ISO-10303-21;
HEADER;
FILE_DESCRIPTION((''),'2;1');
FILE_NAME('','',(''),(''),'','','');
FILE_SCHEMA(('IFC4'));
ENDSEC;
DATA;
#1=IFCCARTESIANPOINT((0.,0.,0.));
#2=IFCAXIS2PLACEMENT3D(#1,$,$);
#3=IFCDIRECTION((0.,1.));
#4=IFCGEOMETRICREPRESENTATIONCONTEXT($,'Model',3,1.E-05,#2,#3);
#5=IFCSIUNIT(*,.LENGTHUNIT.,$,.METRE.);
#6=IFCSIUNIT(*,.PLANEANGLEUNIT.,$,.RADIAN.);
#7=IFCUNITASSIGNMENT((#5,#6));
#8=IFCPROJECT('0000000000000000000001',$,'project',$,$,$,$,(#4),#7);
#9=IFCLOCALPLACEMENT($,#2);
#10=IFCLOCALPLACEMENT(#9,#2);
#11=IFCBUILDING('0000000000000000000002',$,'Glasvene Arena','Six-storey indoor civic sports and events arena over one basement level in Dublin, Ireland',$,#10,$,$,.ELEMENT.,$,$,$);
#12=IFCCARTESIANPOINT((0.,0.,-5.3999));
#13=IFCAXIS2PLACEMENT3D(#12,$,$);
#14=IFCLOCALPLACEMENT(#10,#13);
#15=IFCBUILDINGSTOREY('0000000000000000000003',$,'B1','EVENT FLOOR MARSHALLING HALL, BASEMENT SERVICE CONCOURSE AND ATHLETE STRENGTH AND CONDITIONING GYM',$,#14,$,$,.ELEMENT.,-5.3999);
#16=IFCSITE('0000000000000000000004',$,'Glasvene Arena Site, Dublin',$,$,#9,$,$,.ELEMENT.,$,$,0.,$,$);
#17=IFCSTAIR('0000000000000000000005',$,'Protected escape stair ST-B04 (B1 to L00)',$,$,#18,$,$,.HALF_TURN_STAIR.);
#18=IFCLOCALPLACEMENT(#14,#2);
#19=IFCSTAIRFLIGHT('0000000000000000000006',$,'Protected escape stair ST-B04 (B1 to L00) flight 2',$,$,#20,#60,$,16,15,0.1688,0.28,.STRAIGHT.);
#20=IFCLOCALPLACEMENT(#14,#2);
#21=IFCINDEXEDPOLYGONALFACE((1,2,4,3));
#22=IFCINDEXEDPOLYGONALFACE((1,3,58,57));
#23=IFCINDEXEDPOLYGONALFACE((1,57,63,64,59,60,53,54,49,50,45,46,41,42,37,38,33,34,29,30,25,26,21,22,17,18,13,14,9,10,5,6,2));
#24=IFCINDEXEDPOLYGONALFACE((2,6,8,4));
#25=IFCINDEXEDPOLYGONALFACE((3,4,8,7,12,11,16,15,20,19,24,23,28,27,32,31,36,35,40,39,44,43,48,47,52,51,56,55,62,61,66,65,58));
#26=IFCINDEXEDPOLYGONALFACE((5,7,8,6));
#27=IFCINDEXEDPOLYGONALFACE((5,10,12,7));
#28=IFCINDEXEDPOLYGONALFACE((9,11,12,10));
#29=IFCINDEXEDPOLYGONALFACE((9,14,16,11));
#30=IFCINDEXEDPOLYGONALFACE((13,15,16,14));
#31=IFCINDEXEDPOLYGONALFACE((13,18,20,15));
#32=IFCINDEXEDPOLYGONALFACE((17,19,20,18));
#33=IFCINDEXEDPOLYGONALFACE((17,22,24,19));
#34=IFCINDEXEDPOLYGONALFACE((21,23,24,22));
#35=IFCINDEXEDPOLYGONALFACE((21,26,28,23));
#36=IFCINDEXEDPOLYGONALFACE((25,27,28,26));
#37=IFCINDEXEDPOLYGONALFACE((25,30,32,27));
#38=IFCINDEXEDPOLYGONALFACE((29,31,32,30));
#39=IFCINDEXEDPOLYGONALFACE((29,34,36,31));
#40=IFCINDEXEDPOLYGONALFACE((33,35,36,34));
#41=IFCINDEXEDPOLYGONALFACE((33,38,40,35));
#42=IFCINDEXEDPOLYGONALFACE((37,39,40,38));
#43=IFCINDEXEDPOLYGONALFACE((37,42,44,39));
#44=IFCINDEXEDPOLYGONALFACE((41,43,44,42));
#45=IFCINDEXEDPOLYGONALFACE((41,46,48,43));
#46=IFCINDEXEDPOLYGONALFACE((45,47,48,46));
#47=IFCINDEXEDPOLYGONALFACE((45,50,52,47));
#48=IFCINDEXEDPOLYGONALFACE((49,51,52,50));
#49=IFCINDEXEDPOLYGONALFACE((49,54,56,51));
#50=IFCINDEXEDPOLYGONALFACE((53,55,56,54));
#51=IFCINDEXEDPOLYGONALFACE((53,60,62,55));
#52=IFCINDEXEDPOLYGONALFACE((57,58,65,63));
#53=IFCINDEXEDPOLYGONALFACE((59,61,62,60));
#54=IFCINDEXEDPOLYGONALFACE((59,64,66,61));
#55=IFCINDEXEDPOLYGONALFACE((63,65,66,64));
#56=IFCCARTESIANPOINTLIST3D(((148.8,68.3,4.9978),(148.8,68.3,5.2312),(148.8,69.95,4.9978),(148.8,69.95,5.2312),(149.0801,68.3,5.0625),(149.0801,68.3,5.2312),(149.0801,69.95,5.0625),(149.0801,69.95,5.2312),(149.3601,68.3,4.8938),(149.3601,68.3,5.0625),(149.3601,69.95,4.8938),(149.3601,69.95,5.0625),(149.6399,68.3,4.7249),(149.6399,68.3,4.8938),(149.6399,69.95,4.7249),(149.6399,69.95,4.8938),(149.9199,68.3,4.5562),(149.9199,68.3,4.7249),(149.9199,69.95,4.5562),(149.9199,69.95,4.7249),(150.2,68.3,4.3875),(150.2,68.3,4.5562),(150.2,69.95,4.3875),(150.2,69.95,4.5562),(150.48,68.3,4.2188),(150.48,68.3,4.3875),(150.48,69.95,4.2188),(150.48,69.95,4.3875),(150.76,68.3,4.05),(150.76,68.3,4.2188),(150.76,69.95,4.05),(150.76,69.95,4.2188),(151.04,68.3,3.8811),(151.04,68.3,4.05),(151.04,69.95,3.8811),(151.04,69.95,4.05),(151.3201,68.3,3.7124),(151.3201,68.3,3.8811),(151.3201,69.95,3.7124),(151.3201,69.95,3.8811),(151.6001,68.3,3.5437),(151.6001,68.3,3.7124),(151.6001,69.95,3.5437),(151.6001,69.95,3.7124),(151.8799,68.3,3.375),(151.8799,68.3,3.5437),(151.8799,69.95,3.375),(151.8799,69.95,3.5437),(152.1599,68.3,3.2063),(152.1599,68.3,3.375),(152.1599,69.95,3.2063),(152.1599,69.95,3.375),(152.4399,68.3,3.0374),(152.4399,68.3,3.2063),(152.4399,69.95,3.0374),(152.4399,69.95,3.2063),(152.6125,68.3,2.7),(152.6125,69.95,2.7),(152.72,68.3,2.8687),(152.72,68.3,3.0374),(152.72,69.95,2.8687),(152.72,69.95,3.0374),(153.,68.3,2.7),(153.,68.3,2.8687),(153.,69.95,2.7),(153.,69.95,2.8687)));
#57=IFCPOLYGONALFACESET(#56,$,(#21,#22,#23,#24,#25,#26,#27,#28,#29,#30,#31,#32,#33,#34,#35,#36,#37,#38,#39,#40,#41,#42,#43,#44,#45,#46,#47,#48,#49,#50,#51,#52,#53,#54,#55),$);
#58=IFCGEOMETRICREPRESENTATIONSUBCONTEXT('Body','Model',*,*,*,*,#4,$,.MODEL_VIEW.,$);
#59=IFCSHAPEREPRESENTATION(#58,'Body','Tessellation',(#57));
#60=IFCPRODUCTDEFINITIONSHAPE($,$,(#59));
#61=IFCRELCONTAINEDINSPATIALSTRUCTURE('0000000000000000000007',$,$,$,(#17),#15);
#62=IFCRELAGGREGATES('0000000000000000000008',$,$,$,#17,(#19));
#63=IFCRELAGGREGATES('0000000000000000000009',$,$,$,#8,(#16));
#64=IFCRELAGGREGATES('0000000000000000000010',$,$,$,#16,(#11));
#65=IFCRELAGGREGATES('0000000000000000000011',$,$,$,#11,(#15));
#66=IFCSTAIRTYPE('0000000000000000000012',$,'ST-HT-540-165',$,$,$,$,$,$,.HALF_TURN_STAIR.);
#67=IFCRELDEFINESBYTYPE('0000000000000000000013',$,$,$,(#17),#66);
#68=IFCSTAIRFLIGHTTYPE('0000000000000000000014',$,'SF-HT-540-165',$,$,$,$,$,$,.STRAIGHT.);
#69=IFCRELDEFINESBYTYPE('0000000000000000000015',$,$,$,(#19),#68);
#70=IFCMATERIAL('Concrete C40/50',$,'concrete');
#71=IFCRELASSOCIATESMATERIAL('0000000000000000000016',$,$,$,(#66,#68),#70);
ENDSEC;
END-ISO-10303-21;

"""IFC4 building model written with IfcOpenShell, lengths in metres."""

from ifc_helpers import new_model, si_unit, direction, frame, origin, place, context, subcontext, project, spatial, polyline, outline, extrude, material, type_object, element, aggregate, save


model = new_model("IFC4")

# Units and contexts
model_context = context("Model", 3, precision=1e-05, world=origin(), true_north=direction((0.0, 1.0)))
body_context = subcontext(model_context, "Body", "Model", "MODEL_VIEW")
ifc_project = project(units=[si_unit("LENGTHUNIT", "METRE"), si_unit("PLANEANGLEUNIT", "RADIAN")], contexts=[model_context])

# Site, building, storey
site_placement = place(None, origin())
site = spatial("IfcSite", under=ifc_project, at=site_placement, Name="Glasvene Arena Site, Dublin", CompositionType="ELEMENT", RefElevation=0.0)
building_placement = place(site_placement, origin())
building = spatial("IfcBuilding", under=site, at=building_placement, Name="Glasvene Arena", Description="Six-storey indoor civic sports and events arena over one basement level in Dublin, Ireland", CompositionType="ELEMENT")
storey_placement = place(building_placement, frame((0.0, 0.0, -5.3999)))
storey = spatial("IfcBuildingStorey", under=building, at=storey_placement, Name="B1", Description="EVENT FLOOR MARSHALLING HALL, BASEMENT SERVICE CONCOURSE AND ATHLETE STRENGTH AND CONDITIONING GYM", CompositionType="ELEMENT", Elevation=-5.3999)

# Shared definitions
ifc_material_1 = material(Name="Concrete C40/50", Category="concrete")

# Shared definitions
stair_type = type_object("IfcStairType", Name="ST-HT-540-165", PredefinedType="HALF_TURN_STAIR", material=ifc_material_1)

# Shared definitions
stair_flight_type = type_object("IfcStairFlightType", Name="SF-HT-540-165", PredefinedType="STRAIGHT", material=ifc_material_1)

# Stair, stair flight
stair_1_placement = place(storey_placement, origin())
stair_1 = element("IfcStair", 1, at=stair_1_placement, inside=storey, type_object=stair_type, Name="Protected escape stair ST-B04 (B1 to L00)", PredefinedType="HALF_TURN_STAIR")
stair_flight_1_placement = place(storey_placement, frame((153.0, 69.125, 2.7), z_axis=(0.0, 0.0, 1.0), x_axis=(-1.0, 0.0, 0.0)))
stair_flight_1 = element("IfcStairFlight", 2, at=stair_flight_1_placement, type_object=stair_flight_type, Name="Protected escape stair ST-B04 (B1 to L00) flight 2", NumberOfRisers=16, NumberOfTreads=15, PredefinedType="STRAIGHT", RiserHeight=0.1688, TreadLength=0.28, context=body_context, shape_type="SweptSolid", body=[
    extrude(outline(polyline([(0.0, 0.0), (0.0, 0.1687), (0.28, 0.1687), (0.28, 0.3374), (0.5601, 0.3374), (0.5601, 0.5063), (0.8401, 0.5063), (0.8401, 0.675), (1.1201, 0.675), (1.1201, 0.8438), (1.3999, 0.8438), (1.3999, 1.0125), (1.6799, 1.0125), (1.6799, 1.1812), (1.96, 1.1812), (1.96, 1.3501), (2.24, 1.3501), (2.24, 1.5188), (2.52, 1.5188), (2.52, 1.6875), (2.8, 1.6875), (2.8, 1.8562), (3.0801, 1.8562), (3.0801, 2.0249), (3.3601, 2.0249), (3.3601, 2.1938), (3.6399, 2.1938), (3.6399, 2.3625), (3.9199, 2.3625), (3.9199, 2.5312), (4.2, 2.5312), (4.2, 2.7), (4.2, 2.2979), (0.3875, 0.0), (0.0, 0.0)])), frame((0.0, 0.825, 0.0), z_axis=(0.0, -1.0, 0.0), x_axis=(1.0, 0.0, 0.0)), (0.0, 0.0, 1.0), 1.6499),
])
aggregate(stair_1, [stair_flight_1])

save(model, "model.ifc")
